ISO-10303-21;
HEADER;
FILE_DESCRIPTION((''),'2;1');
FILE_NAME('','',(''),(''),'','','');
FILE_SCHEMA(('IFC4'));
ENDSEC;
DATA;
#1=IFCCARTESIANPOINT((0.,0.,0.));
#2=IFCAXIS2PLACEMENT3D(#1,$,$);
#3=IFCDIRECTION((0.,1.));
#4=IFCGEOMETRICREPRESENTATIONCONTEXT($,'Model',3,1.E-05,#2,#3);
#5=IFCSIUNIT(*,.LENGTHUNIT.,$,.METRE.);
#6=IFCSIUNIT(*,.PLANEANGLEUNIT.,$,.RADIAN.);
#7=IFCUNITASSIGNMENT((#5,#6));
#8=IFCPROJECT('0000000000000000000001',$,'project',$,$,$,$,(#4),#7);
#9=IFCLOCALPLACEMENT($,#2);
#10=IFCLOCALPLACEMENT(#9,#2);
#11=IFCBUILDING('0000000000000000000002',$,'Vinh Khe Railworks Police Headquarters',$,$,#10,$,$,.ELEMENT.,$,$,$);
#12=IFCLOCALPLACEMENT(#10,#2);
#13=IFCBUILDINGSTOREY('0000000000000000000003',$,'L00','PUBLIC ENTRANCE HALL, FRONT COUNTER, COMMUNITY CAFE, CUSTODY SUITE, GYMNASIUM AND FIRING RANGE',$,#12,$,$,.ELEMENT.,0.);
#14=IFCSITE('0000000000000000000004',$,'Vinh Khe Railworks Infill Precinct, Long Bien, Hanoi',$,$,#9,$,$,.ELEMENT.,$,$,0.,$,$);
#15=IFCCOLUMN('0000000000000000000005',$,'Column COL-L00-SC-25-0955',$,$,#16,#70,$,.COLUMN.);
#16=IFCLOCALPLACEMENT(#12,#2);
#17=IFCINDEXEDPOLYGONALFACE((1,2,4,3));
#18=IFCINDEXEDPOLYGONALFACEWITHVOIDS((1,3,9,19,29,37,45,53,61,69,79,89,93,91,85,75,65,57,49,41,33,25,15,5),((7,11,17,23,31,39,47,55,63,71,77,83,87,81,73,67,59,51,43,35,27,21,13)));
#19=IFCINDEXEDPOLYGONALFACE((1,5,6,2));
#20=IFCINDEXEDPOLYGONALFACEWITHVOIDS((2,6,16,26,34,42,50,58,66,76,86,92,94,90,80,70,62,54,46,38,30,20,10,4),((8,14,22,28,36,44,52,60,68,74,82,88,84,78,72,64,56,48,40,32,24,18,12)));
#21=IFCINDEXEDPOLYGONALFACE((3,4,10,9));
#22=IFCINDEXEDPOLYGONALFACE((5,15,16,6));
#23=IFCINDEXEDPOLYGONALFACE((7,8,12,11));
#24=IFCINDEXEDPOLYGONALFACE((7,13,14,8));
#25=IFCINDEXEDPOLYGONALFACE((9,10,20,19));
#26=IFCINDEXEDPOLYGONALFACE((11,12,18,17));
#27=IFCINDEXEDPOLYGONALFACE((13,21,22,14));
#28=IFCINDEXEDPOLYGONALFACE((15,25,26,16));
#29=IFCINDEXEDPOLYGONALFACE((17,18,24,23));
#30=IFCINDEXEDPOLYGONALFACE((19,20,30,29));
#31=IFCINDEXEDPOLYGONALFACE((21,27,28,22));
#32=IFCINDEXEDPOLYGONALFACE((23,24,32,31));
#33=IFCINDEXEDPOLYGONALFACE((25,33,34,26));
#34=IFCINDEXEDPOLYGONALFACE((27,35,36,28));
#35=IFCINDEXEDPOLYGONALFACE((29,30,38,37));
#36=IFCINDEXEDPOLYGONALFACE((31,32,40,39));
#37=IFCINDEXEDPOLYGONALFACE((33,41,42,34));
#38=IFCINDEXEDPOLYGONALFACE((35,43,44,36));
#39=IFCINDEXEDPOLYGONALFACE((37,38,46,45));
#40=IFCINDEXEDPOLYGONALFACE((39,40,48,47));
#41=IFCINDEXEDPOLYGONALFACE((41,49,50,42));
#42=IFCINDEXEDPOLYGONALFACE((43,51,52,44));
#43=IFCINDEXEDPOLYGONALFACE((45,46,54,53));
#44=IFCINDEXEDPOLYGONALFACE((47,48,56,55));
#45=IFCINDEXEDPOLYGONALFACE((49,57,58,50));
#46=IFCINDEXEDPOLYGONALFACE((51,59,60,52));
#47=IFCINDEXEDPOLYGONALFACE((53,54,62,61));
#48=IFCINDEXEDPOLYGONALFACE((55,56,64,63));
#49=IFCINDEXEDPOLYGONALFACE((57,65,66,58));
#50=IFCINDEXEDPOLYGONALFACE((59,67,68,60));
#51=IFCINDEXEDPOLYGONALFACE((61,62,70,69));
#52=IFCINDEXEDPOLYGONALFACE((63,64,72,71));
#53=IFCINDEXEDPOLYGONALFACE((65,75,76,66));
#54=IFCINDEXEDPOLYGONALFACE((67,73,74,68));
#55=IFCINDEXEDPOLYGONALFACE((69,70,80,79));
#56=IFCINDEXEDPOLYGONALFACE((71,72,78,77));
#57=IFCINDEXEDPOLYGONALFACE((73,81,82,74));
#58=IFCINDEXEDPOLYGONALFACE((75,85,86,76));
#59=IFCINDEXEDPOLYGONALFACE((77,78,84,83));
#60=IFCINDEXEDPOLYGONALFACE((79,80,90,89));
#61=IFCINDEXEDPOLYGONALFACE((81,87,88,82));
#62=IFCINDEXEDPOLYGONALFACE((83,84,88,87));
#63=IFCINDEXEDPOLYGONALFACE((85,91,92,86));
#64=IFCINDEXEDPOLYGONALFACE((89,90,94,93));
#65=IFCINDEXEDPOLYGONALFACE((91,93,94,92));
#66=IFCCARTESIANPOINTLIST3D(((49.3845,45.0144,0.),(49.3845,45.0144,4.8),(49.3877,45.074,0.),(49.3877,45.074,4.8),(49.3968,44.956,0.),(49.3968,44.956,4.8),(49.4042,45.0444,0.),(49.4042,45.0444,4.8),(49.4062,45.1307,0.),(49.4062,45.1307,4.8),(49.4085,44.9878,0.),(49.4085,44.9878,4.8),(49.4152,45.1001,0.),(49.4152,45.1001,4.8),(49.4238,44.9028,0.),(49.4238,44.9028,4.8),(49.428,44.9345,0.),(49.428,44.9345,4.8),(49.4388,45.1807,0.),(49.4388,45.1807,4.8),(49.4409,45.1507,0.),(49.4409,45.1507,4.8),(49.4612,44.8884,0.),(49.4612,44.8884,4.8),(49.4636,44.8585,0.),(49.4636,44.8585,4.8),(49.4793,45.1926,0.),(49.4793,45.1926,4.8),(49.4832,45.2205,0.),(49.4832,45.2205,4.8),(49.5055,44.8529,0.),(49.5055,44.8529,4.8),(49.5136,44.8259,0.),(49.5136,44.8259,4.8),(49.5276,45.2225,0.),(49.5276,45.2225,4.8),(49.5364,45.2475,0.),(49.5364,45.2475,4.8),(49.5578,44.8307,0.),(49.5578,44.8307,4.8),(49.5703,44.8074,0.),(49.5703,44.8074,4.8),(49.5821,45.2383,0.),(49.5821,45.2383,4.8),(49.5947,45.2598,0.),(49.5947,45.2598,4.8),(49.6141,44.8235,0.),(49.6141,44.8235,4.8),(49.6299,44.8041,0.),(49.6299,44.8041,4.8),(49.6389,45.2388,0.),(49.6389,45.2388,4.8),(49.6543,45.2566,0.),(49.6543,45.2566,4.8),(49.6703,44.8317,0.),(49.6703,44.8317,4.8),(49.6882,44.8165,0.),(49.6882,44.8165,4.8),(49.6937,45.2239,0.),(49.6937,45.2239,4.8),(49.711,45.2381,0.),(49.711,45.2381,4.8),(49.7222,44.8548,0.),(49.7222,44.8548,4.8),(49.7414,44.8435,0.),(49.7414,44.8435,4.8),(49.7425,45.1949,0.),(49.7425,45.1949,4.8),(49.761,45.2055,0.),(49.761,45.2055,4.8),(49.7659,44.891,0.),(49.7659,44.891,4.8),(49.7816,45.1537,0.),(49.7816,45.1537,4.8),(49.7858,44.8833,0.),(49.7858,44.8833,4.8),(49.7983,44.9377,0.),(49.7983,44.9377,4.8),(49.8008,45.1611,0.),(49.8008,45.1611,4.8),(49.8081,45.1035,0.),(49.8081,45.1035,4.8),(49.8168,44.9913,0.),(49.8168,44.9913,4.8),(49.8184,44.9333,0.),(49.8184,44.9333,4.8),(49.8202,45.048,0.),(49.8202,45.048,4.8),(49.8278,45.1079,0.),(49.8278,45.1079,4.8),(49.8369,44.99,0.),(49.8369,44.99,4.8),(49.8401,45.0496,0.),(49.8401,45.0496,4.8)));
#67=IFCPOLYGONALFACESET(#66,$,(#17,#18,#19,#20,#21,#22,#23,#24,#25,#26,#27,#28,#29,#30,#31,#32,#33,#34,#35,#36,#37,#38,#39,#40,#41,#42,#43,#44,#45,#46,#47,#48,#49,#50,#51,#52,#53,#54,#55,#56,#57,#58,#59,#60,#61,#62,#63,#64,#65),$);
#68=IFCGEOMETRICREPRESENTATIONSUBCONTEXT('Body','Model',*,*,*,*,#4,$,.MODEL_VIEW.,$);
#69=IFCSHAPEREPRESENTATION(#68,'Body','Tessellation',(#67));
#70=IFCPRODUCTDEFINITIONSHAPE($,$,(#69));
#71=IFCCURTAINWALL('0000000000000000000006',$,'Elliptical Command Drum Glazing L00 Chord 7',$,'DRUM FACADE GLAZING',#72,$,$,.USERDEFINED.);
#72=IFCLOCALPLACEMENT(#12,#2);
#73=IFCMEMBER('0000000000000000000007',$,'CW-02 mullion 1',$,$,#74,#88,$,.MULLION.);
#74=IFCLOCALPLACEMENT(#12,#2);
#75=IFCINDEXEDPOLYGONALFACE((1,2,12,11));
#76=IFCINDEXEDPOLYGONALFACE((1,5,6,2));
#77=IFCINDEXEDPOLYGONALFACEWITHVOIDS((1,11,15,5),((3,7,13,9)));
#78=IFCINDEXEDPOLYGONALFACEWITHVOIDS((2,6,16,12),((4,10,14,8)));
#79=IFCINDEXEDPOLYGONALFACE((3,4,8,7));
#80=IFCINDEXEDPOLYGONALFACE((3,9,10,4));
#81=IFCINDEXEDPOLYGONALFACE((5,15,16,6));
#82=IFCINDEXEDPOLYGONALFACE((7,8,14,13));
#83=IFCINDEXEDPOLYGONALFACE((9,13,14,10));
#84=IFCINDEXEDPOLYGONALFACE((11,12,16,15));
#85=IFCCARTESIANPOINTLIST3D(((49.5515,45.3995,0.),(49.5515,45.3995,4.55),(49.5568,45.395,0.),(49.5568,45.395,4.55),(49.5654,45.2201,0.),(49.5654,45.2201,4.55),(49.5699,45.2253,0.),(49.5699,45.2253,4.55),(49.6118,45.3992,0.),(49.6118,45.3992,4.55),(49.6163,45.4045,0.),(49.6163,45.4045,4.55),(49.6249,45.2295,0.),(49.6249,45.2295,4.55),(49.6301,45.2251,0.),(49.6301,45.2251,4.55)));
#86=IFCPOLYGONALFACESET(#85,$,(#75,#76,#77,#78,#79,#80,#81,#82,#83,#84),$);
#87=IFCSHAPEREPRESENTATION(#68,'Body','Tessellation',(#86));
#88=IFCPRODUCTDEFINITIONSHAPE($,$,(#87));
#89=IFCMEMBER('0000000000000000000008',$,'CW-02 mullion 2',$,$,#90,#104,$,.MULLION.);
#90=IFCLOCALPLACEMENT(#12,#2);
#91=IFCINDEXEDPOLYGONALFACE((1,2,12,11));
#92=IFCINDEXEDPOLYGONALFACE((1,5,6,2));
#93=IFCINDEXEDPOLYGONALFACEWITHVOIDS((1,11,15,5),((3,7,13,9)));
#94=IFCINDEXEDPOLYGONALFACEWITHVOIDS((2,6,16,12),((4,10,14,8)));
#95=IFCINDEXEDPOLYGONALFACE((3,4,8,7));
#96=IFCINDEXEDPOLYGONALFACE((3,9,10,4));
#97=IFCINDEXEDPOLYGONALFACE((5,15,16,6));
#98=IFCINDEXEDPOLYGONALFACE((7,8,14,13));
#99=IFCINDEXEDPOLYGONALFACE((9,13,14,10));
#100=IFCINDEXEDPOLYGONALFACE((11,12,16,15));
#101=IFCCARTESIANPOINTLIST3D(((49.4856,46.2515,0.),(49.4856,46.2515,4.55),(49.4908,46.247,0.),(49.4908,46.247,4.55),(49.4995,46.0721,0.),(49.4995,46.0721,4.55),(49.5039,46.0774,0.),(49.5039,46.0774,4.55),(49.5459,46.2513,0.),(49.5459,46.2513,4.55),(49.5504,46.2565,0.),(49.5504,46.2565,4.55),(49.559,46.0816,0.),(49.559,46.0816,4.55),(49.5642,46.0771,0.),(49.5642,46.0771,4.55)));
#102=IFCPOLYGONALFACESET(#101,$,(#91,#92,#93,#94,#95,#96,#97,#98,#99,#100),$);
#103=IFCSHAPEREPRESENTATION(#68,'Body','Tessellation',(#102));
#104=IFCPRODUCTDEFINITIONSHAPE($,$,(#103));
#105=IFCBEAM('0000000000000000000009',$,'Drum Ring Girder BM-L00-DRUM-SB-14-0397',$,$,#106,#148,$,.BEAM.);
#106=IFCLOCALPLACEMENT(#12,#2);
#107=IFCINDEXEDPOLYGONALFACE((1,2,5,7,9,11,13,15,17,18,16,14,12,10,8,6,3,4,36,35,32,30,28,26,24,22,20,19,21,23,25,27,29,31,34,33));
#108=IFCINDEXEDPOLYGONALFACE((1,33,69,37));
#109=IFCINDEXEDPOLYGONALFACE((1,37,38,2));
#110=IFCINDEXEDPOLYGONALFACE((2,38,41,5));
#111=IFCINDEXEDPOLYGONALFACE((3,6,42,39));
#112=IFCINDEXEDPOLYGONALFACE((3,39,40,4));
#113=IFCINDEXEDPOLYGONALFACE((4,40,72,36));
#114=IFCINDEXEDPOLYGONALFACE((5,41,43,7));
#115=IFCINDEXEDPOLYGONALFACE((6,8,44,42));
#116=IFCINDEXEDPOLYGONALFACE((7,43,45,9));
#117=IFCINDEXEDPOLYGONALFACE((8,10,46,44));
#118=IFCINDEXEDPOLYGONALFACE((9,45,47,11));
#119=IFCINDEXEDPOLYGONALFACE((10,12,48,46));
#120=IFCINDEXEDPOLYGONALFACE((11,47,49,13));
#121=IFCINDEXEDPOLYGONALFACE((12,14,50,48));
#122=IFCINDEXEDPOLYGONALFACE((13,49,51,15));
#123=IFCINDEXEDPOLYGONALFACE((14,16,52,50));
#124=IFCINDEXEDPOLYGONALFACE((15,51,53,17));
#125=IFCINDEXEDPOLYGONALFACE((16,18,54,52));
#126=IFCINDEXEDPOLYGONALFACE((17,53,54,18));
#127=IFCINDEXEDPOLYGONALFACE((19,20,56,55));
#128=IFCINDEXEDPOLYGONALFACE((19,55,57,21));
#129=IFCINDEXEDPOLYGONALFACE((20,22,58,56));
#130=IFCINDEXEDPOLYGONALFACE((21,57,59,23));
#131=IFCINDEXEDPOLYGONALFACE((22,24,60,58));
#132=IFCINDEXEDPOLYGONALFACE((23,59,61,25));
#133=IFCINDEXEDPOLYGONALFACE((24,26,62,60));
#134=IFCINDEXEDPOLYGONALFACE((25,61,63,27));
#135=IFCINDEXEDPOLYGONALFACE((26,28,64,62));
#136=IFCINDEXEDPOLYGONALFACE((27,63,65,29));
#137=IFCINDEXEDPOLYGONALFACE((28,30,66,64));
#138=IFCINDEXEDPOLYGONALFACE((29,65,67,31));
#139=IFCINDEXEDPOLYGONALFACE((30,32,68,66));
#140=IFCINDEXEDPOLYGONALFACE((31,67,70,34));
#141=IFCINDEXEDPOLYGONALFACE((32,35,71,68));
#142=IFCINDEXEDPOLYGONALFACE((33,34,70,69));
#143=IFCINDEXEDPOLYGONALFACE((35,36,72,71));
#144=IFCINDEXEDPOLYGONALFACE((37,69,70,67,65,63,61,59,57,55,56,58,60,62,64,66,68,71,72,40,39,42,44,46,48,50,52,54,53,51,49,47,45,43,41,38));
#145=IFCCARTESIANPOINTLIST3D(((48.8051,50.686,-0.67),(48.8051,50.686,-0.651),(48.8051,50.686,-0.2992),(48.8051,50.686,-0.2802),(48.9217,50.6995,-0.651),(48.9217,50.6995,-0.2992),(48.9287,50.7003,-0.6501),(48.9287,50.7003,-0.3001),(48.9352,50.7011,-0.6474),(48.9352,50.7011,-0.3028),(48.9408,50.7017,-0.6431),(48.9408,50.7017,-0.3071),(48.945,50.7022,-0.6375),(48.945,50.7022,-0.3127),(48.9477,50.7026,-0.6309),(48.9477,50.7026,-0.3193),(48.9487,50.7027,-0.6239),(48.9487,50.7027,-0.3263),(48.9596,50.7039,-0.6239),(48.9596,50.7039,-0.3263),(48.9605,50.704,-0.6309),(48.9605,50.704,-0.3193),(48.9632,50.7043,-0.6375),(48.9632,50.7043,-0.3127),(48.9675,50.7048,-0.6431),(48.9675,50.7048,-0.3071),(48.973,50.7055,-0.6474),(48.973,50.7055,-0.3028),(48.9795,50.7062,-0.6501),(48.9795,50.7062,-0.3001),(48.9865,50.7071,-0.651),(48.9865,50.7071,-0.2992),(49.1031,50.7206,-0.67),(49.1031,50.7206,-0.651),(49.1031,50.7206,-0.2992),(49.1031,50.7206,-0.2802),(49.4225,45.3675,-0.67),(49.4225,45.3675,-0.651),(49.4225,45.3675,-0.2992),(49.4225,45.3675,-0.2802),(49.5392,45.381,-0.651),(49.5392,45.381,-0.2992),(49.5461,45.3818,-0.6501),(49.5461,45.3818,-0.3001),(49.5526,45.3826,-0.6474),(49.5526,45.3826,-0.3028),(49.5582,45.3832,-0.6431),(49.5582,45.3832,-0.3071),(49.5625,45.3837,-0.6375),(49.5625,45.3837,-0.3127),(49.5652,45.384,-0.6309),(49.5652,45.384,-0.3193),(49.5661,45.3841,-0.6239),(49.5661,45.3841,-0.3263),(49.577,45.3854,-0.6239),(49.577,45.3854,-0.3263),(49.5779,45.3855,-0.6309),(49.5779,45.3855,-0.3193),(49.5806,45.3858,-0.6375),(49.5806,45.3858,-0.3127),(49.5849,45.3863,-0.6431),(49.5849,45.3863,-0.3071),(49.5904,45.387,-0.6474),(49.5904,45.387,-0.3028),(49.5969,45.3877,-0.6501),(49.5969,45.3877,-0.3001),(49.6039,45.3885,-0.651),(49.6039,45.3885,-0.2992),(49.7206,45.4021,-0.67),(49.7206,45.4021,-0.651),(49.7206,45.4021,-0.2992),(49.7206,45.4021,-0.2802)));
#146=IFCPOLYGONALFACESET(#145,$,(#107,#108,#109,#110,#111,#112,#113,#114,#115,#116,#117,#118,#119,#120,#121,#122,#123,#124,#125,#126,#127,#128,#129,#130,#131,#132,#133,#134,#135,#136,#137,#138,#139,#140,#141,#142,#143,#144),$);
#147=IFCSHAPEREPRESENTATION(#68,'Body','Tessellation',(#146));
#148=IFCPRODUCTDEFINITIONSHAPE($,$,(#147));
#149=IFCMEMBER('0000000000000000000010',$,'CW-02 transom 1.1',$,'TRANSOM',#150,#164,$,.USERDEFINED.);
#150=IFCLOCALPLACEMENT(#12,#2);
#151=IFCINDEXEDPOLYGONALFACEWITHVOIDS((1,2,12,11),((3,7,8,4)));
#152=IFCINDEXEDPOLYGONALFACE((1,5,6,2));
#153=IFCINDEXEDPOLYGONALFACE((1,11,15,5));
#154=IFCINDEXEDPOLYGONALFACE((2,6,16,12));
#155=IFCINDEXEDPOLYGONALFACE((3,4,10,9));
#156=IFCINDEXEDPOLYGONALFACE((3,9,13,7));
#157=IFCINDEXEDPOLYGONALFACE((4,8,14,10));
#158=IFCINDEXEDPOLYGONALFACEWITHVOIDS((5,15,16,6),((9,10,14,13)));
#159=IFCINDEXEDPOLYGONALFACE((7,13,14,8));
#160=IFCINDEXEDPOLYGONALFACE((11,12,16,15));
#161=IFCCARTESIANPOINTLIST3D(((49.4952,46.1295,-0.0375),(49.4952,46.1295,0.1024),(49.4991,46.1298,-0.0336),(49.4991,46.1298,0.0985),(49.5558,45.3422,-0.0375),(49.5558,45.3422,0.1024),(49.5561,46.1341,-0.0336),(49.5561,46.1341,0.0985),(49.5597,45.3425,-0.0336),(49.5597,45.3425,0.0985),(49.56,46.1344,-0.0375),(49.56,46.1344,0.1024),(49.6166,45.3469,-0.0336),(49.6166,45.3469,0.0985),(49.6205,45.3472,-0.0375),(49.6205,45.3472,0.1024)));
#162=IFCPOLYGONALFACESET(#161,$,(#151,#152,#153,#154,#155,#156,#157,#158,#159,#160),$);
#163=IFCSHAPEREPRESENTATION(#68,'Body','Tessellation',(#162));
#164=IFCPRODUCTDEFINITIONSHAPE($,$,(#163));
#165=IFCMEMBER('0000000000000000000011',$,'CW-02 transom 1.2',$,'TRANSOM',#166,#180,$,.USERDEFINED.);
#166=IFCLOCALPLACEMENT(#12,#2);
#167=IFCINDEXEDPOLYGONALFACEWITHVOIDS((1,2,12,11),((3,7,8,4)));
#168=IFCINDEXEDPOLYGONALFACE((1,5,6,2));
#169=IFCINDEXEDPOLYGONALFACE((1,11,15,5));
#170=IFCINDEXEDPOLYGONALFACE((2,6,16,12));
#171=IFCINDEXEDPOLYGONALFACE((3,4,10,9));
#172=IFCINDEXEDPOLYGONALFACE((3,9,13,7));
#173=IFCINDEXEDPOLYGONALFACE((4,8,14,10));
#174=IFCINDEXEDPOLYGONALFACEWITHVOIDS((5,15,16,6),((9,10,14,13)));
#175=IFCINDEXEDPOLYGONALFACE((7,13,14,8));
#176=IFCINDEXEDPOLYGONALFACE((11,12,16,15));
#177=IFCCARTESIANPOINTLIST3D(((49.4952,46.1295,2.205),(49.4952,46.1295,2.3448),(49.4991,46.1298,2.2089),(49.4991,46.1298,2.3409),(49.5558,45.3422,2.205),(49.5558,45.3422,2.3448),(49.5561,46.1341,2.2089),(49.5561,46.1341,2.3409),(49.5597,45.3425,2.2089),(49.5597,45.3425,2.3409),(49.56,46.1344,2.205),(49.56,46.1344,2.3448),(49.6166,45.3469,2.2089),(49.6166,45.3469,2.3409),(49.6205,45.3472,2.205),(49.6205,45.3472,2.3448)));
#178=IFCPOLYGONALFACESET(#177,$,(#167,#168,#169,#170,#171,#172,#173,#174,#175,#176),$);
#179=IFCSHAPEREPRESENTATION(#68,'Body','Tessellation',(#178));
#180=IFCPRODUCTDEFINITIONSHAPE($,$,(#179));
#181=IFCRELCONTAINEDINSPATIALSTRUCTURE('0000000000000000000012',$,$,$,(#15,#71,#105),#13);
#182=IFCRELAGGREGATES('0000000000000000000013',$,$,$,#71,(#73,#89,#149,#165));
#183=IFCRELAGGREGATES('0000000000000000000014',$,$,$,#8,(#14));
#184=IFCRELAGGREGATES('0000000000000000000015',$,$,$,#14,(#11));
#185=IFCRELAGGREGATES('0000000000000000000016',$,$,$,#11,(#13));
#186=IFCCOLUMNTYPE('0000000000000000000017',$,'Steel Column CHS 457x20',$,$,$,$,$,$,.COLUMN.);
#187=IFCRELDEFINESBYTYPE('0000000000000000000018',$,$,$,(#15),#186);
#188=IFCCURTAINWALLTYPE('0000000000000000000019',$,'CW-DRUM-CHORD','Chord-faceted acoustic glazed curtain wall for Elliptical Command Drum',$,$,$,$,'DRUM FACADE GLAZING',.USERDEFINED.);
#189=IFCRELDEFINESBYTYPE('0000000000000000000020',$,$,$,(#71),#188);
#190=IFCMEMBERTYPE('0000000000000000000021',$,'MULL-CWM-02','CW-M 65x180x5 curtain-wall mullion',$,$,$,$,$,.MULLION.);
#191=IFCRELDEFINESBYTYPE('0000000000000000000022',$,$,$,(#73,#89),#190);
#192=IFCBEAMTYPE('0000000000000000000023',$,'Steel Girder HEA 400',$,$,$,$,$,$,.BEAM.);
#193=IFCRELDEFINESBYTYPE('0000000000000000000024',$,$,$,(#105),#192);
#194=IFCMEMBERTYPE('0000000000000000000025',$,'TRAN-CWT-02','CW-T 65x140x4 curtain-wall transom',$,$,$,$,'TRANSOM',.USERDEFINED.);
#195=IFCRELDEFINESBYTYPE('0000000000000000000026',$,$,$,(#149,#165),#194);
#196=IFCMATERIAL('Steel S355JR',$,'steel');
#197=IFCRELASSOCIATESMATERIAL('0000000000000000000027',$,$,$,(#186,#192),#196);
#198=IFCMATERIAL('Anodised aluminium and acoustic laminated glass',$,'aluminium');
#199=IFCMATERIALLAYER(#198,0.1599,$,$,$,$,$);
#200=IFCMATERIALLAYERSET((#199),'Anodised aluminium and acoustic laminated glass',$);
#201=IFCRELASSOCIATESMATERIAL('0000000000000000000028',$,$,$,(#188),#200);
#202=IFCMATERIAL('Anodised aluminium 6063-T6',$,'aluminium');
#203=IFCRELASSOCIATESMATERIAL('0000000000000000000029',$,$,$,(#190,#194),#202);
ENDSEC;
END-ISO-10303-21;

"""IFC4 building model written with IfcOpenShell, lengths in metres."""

from ifc_helpers import new_model, si_unit, direction, frame, origin, origin_2d, place, context, subcontext, project, spatial, hollow_rectangle, hollow_circle, i_section, extrude, material, layer, layer_set, material_profile, profile_set, type_object, element, aggregate, save


model = new_model("IFC4")

# Units and contexts
model_context = context("Model", 3, precision=1e-05, world=origin(), true_north=direction((0.0, 1.0)))
body_context = subcontext(model_context, "Body", "Model", "MODEL_VIEW")
ifc_project = project(units=[si_unit("LENGTHUNIT", "METRE"), si_unit("PLANEANGLEUNIT", "RADIAN")], contexts=[model_context])

# Site, building, storey
site_placement = place(None, origin())
site = spatial("IfcSite", under=ifc_project, at=site_placement, Name="Vinh Khe Railworks Infill Precinct, Long Bien, Hanoi", CompositionType="ELEMENT", RefElevation=0.0)
building_placement = place(site_placement, origin())
building = spatial("IfcBuilding", under=site, at=building_placement, Name="Vinh Khe Railworks Police Headquarters", CompositionType="ELEMENT")
storey_placement = place(building_placement, origin())
storey = spatial("IfcBuildingStorey", under=building, at=storey_placement, Name="L00", Description="PUBLIC ENTRANCE HALL, FRONT COUNTER, COMMUNITY CAFE, CUSTODY SUITE, GYMNASIUM AND FIRING RANGE", CompositionType="ELEMENT", Elevation=0.0)

# Column
ifc_material_1 = material(Name="Steel S355JR", Category="steel")
ifc_material_profile_1 = material_profile(ifc_material_1, hollow_circle(Radius=0.2285, WallThickness=0.02, at=origin_2d()), Name="CHS 457x20")
ifc_profile_set_1 = profile_set([ifc_material_profile_1], Name="Steel S355JR")
column_type = type_object("IfcColumnType", Name="Steel Column CHS 457x20", PredefinedType="COLUMN", material=ifc_profile_set_1)
column_placement = place(storey_placement, frame((49.6123, 45.032, 0.0), z_axis=(0.0, 0.0, 1.0), x_axis=(0.997039, 0.076893, 0.0)))
element("IfcColumn", 1, at=column_placement, inside=storey, type_object=column_type, Name="Column COL-L00-SC-25-0955", PredefinedType="COLUMN", context=body_context, shape_type="SweptSolid", body=[
    extrude(hollow_circle(Radius=0.2285, WallThickness=0.02, at=origin_2d()), origin(), (0.0, 0.0, 1.0), 4.8),
])

# Curtain wall, members
ifc_material_2 = material(Name="Anodised aluminium and acoustic laminated glass", Category="aluminium")
ifc_layer_1 = layer(ifc_material_2, 0.1599)
ifc_layer_set_1 = layer_set([ifc_layer_1], Name="Anodised aluminium and acoustic laminated glass")
curtain_wall_type = type_object("IfcCurtainWallType", Name="CW-DRUM-CHORD", Description="Chord-faceted acoustic glazed curtain wall for Elliptical Command Drum", ElementType="DRUM FACADE GLAZING", PredefinedType="USERDEFINED", material=ifc_layer_set_1)
curtain_wall_placement = place(storey_placement, origin())
curtain_wall = element("IfcCurtainWall", 2, at=curtain_wall_placement, inside=storey, type_object=curtain_wall_type, Name="Elliptical Command Drum Glazing L00 Chord 7", ObjectType="DRUM FACADE GLAZING", PredefinedType="USERDEFINED")
ifc_material_3 = material(Name="Anodised aluminium 6063-T6", Category="aluminium")
ifc_material_profile_2 = material_profile(ifc_material_3, hollow_rectangle(XDim=0.0649, YDim=0.1799, WallThickness=0.0049, at=origin_2d()), Name="CW-M 65x180x5")
ifc_profile_set_2 = profile_set([ifc_material_profile_2], Name="Anodised aluminium 6063-T6")
member_type_1 = type_object("IfcMemberType", Name="MULL-CWM-02", Description="CW-M 65x180x5 curtain-wall mullion", PredefinedType="MULLION", material=ifc_profile_set_2)
member_1_placement = place(storey_placement, frame((49.5908, 45.3123, 0.0), z_axis=(0.0, 0.0, 1.0), x_axis=(-0.997033, -0.07697, 0.0)))
member_1 = element("IfcMember", 3, at=member_1_placement, type_object=member_type_1, Name="CW-02 mullion 1", PredefinedType="MULLION", context=body_context, shape_type="SweptSolid", body=[
    extrude(hollow_rectangle(XDim=0.0649, YDim=0.1799, WallThickness=0.0049, at=origin_2d()), origin(), (0.0, 0.0, 1.0), 4.55),
])
member_2_placement = place(storey_placement, frame((49.5249, 46.1643, 0.0), z_axis=(0.0, 0.0, 1.0), x_axis=(-0.997033, -0.07697, 0.0)))
member_2 = element("IfcMember", 4, at=member_2_placement, type_object=member_type_1, Name="CW-02 mullion 2", PredefinedType="MULLION", context=body_context, shape_type="SweptSolid", body=[
    extrude(hollow_rectangle(XDim=0.0649, YDim=0.1799, WallThickness=0.0049, at=origin_2d()), origin(), (0.0, 0.0, 1.0), 4.55),
])

# Beam
ifc_material_profile_3 = material_profile(ifc_material_1, i_section(OverallWidth=0.3, OverallDepth=0.3899, WebThickness=0.011, FlangeThickness=0.019, FilletRadius=0.0271, at=origin_2d()), Name="HEA 400")
ifc_profile_set_3 = profile_set([ifc_material_profile_3], Name="Steel S355JR")
beam_type = type_object("IfcBeamType", Name="Steel Girder HEA 400", PredefinedType="BEAM", material=ifc_profile_set_3)
beam_placement = place(storey_placement, frame((49.5715, 45.3848, -0.4751), z_axis=(-0.115315, 0.993329, 0.0), x_axis=(-0.993329, -0.115315, 0.0)))
element("IfcBeam", 5, at=beam_placement, inside=storey, type_object=beam_type, Name="Drum Ring Girder BM-L00-DRUM-SB-14-0397", PredefinedType="BEAM", context=body_context, shape_type="SweptSolid", body=[
    extrude(i_section(OverallWidth=0.3, OverallDepth=0.3899, WebThickness=0.011, FlangeThickness=0.019, FilletRadius=0.0271, at=origin_2d()), origin(), (0.0, 0.0, 1.0), 5.3542),
])

# Members
ifc_material_profile_4 = material_profile(ifc_material_3, hollow_rectangle(XDim=0.0649, YDim=0.1399, WallThickness=0.0039, at=origin_2d()), Name="CW-T 65x140x4")
ifc_profile_set_4 = profile_set([ifc_material_profile_4], Name="Anodised aluminium 6063-T6")
member_type_2 = type_object("IfcMemberType", Name="TRAN-CWT-02", Description="CW-T 65x140x4 curtain-wall transom", ElementType="TRANSOM", PredefinedType="USERDEFINED", material=ifc_profile_set_4)
member_3_placement = place(storey_placement, frame((49.5881, 45.3447, 0.0325), z_axis=(-0.076696, 0.997054, 0.0), x_axis=(-0.997054, -0.076696, 0.0)))
member_3 = element("IfcMember", 6, at=member_3_placement, type_object=member_type_2, Name="CW-02 transom 1.1", ObjectType="TRANSOM", PredefinedType="USERDEFINED", context=body_context, shape_type="SweptSolid", body=[
    extrude(hollow_rectangle(XDim=0.0649, YDim=0.1399, WallThickness=0.0039, at=origin_2d()), origin(), (0.0, 0.0, 1.0), 0.7896),
])
member_4_placement = place(storey_placement, frame((49.5881, 45.3447, 2.2749), z_axis=(-0.076696, 0.997054, 0.0), x_axis=(-0.997054, -0.076696, 0.0)))
member_4 = element("IfcMember", 7, at=member_4_placement, type_object=member_type_2, Name="CW-02 transom 1.2", ObjectType="TRANSOM", PredefinedType="USERDEFINED", context=body_context, shape_type="SweptSolid", body=[
    extrude(hollow_rectangle(XDim=0.0649, YDim=0.1399, WallThickness=0.0039, at=origin_2d()), origin(), (0.0, 0.0, 1.0), 0.7896),
])

aggregate(curtain_wall, [member_1, member_2, member_3, member_4])

save(model, "model.ifc")
